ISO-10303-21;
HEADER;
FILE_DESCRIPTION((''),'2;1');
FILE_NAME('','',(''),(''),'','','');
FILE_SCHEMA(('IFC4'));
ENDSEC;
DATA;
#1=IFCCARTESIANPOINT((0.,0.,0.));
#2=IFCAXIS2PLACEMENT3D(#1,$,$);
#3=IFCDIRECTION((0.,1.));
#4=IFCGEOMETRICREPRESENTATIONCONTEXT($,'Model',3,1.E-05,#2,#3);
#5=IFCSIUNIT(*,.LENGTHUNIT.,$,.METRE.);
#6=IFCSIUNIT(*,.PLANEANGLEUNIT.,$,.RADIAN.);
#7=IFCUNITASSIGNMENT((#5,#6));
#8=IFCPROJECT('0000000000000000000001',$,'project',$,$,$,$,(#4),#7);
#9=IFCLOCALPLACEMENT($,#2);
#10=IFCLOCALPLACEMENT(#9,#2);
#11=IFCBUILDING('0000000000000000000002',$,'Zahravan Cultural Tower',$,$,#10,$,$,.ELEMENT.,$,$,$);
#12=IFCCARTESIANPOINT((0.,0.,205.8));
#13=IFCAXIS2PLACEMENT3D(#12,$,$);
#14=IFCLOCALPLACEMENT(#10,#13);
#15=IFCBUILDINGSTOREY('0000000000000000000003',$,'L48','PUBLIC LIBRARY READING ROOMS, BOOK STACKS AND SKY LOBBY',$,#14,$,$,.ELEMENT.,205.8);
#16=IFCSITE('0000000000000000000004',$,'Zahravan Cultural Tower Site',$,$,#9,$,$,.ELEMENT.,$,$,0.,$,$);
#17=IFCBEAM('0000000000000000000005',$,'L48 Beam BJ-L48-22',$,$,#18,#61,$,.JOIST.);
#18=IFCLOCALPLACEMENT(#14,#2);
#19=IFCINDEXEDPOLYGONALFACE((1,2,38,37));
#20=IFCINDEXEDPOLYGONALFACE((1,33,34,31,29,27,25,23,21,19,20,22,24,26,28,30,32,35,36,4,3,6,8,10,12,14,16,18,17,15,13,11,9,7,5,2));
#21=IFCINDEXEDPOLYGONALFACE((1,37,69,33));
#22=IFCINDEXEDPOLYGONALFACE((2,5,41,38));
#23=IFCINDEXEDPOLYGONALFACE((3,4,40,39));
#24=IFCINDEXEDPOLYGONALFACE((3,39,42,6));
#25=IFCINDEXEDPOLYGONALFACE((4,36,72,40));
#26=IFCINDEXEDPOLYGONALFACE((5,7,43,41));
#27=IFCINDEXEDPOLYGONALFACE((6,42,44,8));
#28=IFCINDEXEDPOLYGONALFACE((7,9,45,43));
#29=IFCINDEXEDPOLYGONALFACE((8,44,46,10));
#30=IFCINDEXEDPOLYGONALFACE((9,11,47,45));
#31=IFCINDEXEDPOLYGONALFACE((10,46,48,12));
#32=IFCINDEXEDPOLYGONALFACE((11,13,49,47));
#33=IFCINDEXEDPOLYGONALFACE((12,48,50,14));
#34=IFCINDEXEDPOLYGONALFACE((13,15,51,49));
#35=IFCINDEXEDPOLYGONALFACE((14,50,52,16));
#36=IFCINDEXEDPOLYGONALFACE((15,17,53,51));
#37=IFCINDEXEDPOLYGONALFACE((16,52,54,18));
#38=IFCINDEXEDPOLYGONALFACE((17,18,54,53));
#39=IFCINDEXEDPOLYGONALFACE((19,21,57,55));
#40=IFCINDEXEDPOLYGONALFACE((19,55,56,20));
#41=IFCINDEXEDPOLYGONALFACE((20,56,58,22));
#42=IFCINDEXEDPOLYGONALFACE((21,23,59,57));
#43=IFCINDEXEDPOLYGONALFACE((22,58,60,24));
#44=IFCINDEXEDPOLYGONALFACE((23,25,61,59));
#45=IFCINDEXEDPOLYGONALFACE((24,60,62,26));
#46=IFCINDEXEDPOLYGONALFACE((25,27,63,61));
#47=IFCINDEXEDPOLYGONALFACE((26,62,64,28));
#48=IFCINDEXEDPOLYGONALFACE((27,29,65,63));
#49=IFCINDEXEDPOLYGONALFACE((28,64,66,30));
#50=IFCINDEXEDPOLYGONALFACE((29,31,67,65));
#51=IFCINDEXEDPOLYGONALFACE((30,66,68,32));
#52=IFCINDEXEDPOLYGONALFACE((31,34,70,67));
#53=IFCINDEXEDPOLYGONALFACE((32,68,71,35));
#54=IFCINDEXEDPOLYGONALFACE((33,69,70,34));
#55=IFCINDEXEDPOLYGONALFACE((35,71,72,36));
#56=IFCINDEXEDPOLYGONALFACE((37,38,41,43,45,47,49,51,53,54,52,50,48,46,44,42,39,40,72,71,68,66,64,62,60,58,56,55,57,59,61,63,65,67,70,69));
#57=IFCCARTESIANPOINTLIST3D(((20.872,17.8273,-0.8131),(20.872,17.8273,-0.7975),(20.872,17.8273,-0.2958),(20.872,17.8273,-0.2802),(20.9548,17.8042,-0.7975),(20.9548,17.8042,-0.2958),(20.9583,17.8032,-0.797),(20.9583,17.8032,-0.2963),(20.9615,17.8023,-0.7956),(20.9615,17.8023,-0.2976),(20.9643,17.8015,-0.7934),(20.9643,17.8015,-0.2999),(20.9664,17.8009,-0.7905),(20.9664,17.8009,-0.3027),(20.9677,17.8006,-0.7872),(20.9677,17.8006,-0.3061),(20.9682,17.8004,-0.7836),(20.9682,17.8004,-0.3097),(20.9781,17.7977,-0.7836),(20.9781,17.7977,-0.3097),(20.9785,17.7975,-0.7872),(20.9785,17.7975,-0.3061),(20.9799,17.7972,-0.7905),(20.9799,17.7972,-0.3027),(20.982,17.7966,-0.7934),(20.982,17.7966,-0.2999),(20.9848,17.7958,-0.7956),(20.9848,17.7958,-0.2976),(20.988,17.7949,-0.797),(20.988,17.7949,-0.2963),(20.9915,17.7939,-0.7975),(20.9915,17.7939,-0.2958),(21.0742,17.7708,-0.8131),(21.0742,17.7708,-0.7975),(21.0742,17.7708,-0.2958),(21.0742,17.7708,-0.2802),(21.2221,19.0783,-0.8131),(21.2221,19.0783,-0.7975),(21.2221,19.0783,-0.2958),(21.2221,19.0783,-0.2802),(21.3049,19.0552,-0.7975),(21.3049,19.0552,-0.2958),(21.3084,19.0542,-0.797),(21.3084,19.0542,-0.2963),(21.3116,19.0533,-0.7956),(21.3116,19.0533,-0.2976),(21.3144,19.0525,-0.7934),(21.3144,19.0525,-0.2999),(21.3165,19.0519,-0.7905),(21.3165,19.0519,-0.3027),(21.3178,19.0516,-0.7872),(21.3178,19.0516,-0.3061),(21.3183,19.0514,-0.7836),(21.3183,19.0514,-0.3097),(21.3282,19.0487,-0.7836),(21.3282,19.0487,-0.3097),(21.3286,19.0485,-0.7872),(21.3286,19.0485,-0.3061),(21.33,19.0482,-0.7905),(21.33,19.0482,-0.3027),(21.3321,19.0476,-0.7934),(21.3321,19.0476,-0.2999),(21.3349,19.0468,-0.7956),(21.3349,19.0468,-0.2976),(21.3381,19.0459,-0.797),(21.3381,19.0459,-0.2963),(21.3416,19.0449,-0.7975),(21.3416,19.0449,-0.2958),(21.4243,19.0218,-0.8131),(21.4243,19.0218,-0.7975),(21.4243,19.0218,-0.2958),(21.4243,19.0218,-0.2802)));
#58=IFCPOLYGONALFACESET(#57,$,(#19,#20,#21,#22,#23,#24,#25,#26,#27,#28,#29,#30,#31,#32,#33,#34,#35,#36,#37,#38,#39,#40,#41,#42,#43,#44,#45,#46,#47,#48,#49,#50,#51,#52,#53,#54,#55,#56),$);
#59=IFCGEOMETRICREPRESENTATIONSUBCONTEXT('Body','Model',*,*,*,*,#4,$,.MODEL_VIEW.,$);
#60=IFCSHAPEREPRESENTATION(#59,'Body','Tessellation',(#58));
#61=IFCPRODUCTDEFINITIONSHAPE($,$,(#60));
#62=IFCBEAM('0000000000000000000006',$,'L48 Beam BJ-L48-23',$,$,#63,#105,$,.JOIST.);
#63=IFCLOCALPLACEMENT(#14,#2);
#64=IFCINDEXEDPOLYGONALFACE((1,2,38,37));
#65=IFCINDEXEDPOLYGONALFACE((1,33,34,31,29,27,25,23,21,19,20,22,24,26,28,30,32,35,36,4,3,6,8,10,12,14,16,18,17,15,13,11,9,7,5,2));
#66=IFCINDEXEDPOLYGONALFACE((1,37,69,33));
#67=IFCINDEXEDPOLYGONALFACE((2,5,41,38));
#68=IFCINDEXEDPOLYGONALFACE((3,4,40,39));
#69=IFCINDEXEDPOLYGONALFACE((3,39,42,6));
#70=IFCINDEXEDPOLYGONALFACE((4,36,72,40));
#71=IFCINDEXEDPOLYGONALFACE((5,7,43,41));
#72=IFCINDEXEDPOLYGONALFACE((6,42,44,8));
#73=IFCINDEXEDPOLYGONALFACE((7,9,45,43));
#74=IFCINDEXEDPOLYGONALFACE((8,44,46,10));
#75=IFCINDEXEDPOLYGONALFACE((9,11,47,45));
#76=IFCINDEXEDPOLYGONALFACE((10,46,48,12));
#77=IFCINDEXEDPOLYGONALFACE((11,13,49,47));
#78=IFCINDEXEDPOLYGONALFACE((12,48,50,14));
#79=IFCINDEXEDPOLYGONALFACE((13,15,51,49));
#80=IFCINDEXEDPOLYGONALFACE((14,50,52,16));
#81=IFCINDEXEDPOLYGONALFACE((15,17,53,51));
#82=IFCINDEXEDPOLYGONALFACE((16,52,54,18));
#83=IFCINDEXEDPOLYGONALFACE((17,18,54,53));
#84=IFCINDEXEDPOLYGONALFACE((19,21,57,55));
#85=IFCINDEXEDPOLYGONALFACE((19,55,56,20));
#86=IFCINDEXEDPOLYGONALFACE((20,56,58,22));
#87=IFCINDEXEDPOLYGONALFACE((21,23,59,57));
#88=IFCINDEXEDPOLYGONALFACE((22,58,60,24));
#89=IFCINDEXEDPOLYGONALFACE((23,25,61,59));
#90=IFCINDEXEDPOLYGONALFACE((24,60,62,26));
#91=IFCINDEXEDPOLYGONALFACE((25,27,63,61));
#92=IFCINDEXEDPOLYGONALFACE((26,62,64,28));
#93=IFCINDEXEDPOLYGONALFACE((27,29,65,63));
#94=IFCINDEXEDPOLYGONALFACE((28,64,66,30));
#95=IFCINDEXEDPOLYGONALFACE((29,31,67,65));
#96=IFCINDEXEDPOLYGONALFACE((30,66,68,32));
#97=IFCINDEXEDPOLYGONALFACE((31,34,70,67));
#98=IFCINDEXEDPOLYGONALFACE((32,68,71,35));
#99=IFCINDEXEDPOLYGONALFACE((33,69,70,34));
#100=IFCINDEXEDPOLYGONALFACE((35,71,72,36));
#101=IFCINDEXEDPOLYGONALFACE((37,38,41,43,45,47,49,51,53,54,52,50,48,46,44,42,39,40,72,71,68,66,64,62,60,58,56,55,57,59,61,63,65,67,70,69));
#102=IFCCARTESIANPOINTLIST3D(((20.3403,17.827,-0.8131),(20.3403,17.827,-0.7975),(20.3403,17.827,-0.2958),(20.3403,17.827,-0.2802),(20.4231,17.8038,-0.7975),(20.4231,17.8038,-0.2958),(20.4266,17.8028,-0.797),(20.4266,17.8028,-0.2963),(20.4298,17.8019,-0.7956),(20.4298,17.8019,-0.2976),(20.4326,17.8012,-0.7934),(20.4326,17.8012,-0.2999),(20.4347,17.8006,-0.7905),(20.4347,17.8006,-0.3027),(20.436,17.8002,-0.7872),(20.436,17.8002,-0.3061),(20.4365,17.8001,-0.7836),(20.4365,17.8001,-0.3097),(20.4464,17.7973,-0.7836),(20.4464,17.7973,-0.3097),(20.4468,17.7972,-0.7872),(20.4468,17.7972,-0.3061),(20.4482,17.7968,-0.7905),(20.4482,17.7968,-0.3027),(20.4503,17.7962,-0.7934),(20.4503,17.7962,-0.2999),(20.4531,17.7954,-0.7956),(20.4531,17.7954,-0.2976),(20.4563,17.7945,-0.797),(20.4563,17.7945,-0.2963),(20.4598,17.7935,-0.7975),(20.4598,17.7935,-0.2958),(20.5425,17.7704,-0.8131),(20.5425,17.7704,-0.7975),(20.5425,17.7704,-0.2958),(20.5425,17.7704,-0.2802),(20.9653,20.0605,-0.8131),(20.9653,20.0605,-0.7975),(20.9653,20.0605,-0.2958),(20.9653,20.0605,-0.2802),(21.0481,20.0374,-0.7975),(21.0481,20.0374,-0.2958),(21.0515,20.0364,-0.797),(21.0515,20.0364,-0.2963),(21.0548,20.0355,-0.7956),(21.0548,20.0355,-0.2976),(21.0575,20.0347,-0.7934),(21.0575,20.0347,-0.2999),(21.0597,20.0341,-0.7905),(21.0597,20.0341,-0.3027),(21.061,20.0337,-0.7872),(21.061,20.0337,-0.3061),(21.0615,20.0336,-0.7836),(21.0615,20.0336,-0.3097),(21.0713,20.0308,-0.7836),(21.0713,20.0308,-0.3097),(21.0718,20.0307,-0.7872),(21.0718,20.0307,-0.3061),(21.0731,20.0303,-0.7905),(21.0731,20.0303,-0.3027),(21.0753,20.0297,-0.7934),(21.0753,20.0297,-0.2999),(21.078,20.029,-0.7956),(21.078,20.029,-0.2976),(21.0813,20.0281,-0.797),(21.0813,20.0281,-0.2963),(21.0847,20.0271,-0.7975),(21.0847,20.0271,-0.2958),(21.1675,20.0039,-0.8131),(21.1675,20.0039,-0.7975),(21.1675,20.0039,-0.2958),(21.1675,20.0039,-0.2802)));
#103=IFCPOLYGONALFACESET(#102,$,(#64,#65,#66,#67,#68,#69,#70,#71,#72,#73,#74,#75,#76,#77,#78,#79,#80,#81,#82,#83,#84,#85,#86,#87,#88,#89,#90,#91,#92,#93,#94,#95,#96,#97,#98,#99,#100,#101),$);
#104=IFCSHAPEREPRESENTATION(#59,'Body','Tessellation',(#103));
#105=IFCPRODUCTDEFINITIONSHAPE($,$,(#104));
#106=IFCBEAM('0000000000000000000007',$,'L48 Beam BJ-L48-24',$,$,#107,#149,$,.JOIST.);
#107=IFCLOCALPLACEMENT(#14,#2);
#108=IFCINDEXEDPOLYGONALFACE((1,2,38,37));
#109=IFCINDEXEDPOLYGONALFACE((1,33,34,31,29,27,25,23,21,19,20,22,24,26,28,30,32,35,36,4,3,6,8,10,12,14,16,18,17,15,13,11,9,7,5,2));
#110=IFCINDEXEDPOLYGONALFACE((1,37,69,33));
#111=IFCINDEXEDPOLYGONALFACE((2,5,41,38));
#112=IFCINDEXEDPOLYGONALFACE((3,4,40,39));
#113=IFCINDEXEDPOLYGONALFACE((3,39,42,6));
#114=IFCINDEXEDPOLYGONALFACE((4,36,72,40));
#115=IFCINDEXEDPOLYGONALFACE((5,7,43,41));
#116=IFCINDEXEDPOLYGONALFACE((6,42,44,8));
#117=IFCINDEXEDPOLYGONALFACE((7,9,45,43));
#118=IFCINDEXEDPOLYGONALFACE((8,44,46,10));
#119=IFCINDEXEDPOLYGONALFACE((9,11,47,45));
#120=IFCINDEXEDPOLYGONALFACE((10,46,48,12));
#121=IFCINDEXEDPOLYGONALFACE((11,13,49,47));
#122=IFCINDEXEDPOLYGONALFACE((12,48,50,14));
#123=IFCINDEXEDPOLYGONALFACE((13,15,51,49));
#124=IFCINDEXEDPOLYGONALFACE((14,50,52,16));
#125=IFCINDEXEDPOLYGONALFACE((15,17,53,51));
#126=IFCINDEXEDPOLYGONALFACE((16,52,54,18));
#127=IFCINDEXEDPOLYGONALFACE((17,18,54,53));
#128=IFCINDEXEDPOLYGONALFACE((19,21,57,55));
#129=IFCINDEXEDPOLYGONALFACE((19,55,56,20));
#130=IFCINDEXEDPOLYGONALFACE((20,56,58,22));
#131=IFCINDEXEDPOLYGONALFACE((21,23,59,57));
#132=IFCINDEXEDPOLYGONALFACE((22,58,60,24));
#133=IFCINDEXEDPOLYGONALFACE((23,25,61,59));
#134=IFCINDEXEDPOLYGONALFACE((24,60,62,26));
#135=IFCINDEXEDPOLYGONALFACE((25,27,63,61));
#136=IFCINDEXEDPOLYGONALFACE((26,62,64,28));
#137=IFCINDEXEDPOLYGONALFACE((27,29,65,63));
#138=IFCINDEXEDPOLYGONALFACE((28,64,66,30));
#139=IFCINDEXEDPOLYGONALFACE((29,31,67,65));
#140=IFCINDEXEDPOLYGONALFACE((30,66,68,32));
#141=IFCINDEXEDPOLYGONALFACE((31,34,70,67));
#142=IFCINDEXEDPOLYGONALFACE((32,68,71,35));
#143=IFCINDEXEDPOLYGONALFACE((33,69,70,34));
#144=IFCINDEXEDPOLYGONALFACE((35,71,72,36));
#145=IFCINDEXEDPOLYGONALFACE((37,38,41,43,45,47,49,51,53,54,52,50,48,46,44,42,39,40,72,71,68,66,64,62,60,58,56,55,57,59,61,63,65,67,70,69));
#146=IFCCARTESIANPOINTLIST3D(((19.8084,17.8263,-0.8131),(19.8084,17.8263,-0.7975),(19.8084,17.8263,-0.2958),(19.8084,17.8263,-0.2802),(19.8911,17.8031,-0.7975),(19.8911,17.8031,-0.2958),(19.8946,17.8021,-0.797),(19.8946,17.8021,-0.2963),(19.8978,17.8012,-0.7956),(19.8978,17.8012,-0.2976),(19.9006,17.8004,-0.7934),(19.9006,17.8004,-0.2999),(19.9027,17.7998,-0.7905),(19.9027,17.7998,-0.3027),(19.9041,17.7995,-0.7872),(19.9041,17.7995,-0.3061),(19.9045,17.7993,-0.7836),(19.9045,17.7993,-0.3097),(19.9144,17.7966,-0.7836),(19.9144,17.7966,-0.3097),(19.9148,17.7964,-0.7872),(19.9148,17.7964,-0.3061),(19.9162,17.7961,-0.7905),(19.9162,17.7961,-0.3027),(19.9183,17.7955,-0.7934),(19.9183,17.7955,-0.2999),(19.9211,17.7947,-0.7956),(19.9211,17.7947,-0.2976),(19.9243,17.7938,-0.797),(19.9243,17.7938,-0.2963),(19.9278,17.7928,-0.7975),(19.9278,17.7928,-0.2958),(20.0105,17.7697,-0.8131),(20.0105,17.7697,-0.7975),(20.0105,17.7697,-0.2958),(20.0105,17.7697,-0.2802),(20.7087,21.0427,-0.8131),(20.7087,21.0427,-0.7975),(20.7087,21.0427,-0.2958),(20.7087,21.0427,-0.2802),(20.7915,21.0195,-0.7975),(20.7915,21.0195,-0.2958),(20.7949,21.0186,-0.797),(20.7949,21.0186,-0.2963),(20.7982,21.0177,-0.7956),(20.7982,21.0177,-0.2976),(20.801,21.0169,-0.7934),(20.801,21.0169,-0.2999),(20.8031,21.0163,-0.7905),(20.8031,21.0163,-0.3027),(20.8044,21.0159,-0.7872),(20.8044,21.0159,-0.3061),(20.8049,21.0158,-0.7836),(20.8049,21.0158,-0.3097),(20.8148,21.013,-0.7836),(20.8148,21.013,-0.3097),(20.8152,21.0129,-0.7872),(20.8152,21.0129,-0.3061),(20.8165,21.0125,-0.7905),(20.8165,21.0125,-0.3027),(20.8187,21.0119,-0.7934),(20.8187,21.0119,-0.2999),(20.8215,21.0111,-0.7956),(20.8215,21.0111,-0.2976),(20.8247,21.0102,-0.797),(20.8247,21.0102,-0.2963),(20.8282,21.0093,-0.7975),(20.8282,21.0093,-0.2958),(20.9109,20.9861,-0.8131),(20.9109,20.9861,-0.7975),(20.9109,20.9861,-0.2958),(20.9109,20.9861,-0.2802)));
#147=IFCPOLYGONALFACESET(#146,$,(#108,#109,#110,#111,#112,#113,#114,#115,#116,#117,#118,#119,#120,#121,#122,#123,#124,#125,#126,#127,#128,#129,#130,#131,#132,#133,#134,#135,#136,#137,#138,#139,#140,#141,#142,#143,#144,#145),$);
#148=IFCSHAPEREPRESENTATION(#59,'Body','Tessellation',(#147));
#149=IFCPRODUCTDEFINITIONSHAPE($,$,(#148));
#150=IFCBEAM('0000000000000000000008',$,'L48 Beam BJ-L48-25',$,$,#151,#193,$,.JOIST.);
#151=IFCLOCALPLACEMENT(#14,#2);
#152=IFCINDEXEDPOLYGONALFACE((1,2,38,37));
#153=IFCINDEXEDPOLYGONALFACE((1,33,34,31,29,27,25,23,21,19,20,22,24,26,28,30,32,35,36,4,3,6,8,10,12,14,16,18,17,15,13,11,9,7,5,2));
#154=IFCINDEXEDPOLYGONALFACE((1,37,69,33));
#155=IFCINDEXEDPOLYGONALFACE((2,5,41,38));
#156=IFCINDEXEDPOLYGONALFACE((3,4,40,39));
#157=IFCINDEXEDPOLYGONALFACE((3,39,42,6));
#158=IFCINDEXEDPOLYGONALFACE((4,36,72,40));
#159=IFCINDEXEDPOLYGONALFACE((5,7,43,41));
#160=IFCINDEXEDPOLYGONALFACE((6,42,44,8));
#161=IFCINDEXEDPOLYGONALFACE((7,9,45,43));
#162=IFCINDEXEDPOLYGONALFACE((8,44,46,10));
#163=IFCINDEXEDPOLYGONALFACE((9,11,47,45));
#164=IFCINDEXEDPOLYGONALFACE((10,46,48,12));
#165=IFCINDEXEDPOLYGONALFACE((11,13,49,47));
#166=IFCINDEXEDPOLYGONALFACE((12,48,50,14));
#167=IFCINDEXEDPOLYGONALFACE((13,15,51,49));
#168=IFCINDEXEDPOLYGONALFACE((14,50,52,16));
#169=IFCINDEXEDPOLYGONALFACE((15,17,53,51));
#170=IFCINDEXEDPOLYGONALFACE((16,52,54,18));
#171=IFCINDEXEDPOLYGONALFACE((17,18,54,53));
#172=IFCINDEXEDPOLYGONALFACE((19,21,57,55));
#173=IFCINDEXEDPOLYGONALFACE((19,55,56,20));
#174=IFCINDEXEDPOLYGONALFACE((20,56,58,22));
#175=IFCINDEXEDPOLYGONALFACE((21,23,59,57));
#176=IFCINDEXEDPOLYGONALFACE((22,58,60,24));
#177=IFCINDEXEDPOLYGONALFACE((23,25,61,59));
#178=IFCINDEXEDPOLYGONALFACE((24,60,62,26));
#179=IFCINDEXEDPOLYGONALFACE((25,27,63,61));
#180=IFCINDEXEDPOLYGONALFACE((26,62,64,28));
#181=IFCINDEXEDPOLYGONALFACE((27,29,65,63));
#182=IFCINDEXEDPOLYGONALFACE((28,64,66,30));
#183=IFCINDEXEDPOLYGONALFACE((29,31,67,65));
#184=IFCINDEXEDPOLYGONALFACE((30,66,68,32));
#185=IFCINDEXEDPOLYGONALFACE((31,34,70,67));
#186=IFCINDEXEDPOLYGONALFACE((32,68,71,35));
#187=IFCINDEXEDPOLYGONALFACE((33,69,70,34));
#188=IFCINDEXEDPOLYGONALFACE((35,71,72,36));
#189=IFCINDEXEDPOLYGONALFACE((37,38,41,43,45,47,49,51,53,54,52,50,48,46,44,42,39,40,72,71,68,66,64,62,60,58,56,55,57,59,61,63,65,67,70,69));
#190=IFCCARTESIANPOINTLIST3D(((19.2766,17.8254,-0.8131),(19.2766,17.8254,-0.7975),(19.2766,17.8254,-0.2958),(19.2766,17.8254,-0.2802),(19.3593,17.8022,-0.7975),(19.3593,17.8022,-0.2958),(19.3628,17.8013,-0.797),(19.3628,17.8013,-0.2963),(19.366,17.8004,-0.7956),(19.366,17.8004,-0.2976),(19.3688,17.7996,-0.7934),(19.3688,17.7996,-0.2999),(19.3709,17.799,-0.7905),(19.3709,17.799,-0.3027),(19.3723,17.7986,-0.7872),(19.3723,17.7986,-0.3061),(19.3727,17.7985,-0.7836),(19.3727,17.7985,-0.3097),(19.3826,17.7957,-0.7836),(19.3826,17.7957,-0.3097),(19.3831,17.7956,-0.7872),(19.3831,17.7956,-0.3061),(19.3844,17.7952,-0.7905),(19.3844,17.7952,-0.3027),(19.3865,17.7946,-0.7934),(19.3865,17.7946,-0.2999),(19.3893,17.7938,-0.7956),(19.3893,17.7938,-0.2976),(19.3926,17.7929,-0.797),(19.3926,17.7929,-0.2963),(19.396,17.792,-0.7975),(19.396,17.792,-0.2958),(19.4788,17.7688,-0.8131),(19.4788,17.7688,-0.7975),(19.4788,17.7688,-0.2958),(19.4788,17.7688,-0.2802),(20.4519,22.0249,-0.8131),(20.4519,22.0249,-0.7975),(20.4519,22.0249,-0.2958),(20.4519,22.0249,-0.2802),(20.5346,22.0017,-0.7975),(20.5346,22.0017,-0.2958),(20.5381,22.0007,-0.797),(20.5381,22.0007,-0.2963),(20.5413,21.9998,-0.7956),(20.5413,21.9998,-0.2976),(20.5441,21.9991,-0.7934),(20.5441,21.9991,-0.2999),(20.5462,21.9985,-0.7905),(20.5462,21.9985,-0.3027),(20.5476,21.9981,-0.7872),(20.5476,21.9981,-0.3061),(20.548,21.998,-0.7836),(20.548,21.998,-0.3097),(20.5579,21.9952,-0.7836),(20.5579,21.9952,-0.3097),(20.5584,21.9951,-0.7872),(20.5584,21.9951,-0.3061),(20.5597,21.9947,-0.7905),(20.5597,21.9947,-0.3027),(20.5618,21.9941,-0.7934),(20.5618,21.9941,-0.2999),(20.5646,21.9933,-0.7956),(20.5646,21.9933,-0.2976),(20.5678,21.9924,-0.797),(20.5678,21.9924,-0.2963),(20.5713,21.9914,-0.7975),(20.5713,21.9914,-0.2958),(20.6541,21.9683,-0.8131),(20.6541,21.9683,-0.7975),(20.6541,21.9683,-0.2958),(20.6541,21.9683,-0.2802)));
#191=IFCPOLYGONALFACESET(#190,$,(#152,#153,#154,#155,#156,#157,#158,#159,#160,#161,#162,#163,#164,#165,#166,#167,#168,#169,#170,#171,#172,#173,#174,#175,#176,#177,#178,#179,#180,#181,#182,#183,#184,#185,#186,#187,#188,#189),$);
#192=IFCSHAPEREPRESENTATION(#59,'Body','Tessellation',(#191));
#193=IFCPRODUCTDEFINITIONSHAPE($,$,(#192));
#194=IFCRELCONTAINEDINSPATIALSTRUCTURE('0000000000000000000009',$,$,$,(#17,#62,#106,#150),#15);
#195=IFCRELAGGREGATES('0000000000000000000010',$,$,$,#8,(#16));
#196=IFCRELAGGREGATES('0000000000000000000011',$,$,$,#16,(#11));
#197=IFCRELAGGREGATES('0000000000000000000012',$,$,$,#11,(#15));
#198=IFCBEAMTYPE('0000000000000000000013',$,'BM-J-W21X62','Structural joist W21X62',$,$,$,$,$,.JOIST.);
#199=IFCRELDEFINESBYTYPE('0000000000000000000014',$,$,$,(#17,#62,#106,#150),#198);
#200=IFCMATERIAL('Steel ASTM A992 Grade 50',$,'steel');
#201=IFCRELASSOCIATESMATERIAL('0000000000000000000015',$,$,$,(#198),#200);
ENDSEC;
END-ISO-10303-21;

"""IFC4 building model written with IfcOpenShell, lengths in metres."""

from ifc_helpers import new_model, si_unit, direction, frame, origin, origin_2d, place, context, subcontext, project, spatial, i_section, extrude, source, transform, mapped, material, material_profile, profile_set, type_object, element, save


model = new_model("IFC4")

# Units and contexts
model_context = context("Model", 3, precision=1e-05, world=origin(), true_north=direction((0.0, 1.0)))
body_context = subcontext(model_context, "Body", "Model", "MODEL_VIEW")
ifc_project = project(units=[si_unit("LENGTHUNIT", "METRE"), si_unit("PLANEANGLEUNIT", "RADIAN")], contexts=[model_context])

# Site, building, storey
site_placement = place(None, origin())
site = spatial("IfcSite", under=ifc_project, at=site_placement, Name="Zahravan Cultural Tower Site", CompositionType="ELEMENT", RefElevation=0.0)
building_placement = place(site_placement, origin())
building = spatial("IfcBuilding", under=site, at=building_placement, Name="Zahravan Cultural Tower", CompositionType="ELEMENT")
storey_placement = place(building_placement, frame((0.0, 0.0, 205.8)))
storey = spatial("IfcBuildingStorey", under=building, at=storey_placement, Name="L48", Description="PUBLIC LIBRARY READING ROOMS, BOOK STACKS AND SKY LOBBY", CompositionType="ELEMENT", Elevation=205.8)

# Beams
ifc_material_1 = material(Name="Steel ASTM A992 Grade 50", Category="steel")
ifc_material_profile_1 = material_profile(ifc_material_1, i_section(OverallWidth=0.21, OverallDepth=0.533, WebThickness=0.0103, FlangeThickness=0.0156, FilletRadius=0.0139, at=origin_2d()), Name="W21X62")
ifc_profile_set_1 = profile_set([ifc_material_profile_1], Name="Steel ASTM A992 Grade 50")
beam_type_1 = type_object("IfcBeamType", Name="BM-J-W21X62", Description="Structural joist W21X62", PredefinedType="JOIST", material=ifc_profile_set_1)
shared_shape_1 = source(origin(), body_context, "Body", "SweptSolid", [
    extrude(i_section(OverallWidth=0.21, OverallDepth=0.533, WebThickness=0.0103, FlangeThickness=0.0156, FilletRadius=0.0139, at=origin_2d()), origin(), (0.0, 0.0, 1.0), 1.2991),
])
beam_1_placement = place(storey_placement, frame((21.3232, 19.05, -0.5466), z_axis=(-0.269504, -0.962999, 0.0), x_axis=(0.962999, -0.269504, 0.0)))
element("IfcBeam", 1, at=beam_1_placement, inside=storey, type_object=beam_type_1, Name="L48 Beam BJ-L48-22", PredefinedType="JOIST", context=body_context, shape_type="MappedRepresentation", body=[
    mapped(shared_shape_1, transform((0.0, 0.0, 0.0), x_axis=(1.0, 0.0, 0.0), y_axis=(0.0, 1.0, 0.0), z_axis=(0.0, 0.0, 1.0), scale=1.0)),
])
shared_shape_2 = source(origin(), body_context, "Body", "SweptSolid", [
    extrude(i_section(OverallWidth=0.21, OverallDepth=0.533, WebThickness=0.0103, FlangeThickness=0.0156, FilletRadius=0.0139, at=origin_2d()), origin(), (0.0, 0.0, 1.0), 2.3193),
])
beam_2_placement = place(storey_placement, frame((21.0664, 20.0322, -0.5466), z_axis=(-0.269462, -0.963011, 0.0), x_axis=(0.963011, -0.269462, 0.0)))
element("IfcBeam", 2, at=beam_2_placement, inside=storey, type_object=beam_type_1, Name="L48 Beam BJ-L48-23", PredefinedType="JOIST", context=body_context, shape_type="MappedRepresentation", body=[
    mapped(shared_shape_2, transform((0.0, 0.0, 0.0), x_axis=(1.0, 0.0, 0.0), y_axis=(0.0, 1.0, 0.0), z_axis=(0.0, 0.0, 1.0), scale=1.0)),
])
shared_shape_3 = source(origin(), body_context, "Body", "SweptSolid", [
    extrude(i_section(OverallWidth=0.21, OverallDepth=0.533, WebThickness=0.0103, FlangeThickness=0.0156, FilletRadius=0.0139, at=origin_2d()), origin(), (0.0, 0.0, 1.0), 3.3401),
])
beam_3_placement = place(storey_placement, frame((20.8098, 21.0144, -0.5466), z_axis=(-0.269562, -0.962983, 0.0), x_axis=(0.962983, -0.269562, 0.0)))
element("IfcBeam", 3, at=beam_3_placement, inside=storey, type_object=beam_type_1, Name="L48 Beam BJ-L48-24", PredefinedType="JOIST", context=body_context, shape_type="MappedRepresentation", body=[
    mapped(shared_shape_3, transform((0.0, 0.0, 0.0), x_axis=(1.0, 0.0, 0.0), y_axis=(0.0, 1.0, 0.0), z_axis=(0.0, 0.0, 1.0), scale=1.0)),
])
shared_shape_4 = source(origin(), body_context, "Body", "SweptSolid", [
    extrude(i_section(OverallWidth=0.21, OverallDepth=0.533, WebThickness=0.0103, FlangeThickness=0.0156, FilletRadius=0.0139, at=origin_2d()), origin(), (0.0, 0.0, 1.0), 4.3608),
])
beam_4_placement = place(storey_placement, frame((20.553, 21.9966, -0.5466), z_axis=(-0.269512, -0.962997, 0.0), x_axis=(0.962997, -0.269512, 0.0)))
element("IfcBeam", 4, at=beam_4_placement, inside=storey, type_object=beam_type_1, Name="L48 Beam BJ-L48-25", PredefinedType="JOIST", context=body_context, shape_type="MappedRepresentation", body=[
    mapped(shared_shape_4, transform((0.0, 0.0, 0.0), x_axis=(1.0, 0.0, 0.0), y_axis=(0.0, 1.0, 0.0), z_axis=(0.0, 0.0, 1.0), scale=1.0)),
])

save(model, "model.ifc")
